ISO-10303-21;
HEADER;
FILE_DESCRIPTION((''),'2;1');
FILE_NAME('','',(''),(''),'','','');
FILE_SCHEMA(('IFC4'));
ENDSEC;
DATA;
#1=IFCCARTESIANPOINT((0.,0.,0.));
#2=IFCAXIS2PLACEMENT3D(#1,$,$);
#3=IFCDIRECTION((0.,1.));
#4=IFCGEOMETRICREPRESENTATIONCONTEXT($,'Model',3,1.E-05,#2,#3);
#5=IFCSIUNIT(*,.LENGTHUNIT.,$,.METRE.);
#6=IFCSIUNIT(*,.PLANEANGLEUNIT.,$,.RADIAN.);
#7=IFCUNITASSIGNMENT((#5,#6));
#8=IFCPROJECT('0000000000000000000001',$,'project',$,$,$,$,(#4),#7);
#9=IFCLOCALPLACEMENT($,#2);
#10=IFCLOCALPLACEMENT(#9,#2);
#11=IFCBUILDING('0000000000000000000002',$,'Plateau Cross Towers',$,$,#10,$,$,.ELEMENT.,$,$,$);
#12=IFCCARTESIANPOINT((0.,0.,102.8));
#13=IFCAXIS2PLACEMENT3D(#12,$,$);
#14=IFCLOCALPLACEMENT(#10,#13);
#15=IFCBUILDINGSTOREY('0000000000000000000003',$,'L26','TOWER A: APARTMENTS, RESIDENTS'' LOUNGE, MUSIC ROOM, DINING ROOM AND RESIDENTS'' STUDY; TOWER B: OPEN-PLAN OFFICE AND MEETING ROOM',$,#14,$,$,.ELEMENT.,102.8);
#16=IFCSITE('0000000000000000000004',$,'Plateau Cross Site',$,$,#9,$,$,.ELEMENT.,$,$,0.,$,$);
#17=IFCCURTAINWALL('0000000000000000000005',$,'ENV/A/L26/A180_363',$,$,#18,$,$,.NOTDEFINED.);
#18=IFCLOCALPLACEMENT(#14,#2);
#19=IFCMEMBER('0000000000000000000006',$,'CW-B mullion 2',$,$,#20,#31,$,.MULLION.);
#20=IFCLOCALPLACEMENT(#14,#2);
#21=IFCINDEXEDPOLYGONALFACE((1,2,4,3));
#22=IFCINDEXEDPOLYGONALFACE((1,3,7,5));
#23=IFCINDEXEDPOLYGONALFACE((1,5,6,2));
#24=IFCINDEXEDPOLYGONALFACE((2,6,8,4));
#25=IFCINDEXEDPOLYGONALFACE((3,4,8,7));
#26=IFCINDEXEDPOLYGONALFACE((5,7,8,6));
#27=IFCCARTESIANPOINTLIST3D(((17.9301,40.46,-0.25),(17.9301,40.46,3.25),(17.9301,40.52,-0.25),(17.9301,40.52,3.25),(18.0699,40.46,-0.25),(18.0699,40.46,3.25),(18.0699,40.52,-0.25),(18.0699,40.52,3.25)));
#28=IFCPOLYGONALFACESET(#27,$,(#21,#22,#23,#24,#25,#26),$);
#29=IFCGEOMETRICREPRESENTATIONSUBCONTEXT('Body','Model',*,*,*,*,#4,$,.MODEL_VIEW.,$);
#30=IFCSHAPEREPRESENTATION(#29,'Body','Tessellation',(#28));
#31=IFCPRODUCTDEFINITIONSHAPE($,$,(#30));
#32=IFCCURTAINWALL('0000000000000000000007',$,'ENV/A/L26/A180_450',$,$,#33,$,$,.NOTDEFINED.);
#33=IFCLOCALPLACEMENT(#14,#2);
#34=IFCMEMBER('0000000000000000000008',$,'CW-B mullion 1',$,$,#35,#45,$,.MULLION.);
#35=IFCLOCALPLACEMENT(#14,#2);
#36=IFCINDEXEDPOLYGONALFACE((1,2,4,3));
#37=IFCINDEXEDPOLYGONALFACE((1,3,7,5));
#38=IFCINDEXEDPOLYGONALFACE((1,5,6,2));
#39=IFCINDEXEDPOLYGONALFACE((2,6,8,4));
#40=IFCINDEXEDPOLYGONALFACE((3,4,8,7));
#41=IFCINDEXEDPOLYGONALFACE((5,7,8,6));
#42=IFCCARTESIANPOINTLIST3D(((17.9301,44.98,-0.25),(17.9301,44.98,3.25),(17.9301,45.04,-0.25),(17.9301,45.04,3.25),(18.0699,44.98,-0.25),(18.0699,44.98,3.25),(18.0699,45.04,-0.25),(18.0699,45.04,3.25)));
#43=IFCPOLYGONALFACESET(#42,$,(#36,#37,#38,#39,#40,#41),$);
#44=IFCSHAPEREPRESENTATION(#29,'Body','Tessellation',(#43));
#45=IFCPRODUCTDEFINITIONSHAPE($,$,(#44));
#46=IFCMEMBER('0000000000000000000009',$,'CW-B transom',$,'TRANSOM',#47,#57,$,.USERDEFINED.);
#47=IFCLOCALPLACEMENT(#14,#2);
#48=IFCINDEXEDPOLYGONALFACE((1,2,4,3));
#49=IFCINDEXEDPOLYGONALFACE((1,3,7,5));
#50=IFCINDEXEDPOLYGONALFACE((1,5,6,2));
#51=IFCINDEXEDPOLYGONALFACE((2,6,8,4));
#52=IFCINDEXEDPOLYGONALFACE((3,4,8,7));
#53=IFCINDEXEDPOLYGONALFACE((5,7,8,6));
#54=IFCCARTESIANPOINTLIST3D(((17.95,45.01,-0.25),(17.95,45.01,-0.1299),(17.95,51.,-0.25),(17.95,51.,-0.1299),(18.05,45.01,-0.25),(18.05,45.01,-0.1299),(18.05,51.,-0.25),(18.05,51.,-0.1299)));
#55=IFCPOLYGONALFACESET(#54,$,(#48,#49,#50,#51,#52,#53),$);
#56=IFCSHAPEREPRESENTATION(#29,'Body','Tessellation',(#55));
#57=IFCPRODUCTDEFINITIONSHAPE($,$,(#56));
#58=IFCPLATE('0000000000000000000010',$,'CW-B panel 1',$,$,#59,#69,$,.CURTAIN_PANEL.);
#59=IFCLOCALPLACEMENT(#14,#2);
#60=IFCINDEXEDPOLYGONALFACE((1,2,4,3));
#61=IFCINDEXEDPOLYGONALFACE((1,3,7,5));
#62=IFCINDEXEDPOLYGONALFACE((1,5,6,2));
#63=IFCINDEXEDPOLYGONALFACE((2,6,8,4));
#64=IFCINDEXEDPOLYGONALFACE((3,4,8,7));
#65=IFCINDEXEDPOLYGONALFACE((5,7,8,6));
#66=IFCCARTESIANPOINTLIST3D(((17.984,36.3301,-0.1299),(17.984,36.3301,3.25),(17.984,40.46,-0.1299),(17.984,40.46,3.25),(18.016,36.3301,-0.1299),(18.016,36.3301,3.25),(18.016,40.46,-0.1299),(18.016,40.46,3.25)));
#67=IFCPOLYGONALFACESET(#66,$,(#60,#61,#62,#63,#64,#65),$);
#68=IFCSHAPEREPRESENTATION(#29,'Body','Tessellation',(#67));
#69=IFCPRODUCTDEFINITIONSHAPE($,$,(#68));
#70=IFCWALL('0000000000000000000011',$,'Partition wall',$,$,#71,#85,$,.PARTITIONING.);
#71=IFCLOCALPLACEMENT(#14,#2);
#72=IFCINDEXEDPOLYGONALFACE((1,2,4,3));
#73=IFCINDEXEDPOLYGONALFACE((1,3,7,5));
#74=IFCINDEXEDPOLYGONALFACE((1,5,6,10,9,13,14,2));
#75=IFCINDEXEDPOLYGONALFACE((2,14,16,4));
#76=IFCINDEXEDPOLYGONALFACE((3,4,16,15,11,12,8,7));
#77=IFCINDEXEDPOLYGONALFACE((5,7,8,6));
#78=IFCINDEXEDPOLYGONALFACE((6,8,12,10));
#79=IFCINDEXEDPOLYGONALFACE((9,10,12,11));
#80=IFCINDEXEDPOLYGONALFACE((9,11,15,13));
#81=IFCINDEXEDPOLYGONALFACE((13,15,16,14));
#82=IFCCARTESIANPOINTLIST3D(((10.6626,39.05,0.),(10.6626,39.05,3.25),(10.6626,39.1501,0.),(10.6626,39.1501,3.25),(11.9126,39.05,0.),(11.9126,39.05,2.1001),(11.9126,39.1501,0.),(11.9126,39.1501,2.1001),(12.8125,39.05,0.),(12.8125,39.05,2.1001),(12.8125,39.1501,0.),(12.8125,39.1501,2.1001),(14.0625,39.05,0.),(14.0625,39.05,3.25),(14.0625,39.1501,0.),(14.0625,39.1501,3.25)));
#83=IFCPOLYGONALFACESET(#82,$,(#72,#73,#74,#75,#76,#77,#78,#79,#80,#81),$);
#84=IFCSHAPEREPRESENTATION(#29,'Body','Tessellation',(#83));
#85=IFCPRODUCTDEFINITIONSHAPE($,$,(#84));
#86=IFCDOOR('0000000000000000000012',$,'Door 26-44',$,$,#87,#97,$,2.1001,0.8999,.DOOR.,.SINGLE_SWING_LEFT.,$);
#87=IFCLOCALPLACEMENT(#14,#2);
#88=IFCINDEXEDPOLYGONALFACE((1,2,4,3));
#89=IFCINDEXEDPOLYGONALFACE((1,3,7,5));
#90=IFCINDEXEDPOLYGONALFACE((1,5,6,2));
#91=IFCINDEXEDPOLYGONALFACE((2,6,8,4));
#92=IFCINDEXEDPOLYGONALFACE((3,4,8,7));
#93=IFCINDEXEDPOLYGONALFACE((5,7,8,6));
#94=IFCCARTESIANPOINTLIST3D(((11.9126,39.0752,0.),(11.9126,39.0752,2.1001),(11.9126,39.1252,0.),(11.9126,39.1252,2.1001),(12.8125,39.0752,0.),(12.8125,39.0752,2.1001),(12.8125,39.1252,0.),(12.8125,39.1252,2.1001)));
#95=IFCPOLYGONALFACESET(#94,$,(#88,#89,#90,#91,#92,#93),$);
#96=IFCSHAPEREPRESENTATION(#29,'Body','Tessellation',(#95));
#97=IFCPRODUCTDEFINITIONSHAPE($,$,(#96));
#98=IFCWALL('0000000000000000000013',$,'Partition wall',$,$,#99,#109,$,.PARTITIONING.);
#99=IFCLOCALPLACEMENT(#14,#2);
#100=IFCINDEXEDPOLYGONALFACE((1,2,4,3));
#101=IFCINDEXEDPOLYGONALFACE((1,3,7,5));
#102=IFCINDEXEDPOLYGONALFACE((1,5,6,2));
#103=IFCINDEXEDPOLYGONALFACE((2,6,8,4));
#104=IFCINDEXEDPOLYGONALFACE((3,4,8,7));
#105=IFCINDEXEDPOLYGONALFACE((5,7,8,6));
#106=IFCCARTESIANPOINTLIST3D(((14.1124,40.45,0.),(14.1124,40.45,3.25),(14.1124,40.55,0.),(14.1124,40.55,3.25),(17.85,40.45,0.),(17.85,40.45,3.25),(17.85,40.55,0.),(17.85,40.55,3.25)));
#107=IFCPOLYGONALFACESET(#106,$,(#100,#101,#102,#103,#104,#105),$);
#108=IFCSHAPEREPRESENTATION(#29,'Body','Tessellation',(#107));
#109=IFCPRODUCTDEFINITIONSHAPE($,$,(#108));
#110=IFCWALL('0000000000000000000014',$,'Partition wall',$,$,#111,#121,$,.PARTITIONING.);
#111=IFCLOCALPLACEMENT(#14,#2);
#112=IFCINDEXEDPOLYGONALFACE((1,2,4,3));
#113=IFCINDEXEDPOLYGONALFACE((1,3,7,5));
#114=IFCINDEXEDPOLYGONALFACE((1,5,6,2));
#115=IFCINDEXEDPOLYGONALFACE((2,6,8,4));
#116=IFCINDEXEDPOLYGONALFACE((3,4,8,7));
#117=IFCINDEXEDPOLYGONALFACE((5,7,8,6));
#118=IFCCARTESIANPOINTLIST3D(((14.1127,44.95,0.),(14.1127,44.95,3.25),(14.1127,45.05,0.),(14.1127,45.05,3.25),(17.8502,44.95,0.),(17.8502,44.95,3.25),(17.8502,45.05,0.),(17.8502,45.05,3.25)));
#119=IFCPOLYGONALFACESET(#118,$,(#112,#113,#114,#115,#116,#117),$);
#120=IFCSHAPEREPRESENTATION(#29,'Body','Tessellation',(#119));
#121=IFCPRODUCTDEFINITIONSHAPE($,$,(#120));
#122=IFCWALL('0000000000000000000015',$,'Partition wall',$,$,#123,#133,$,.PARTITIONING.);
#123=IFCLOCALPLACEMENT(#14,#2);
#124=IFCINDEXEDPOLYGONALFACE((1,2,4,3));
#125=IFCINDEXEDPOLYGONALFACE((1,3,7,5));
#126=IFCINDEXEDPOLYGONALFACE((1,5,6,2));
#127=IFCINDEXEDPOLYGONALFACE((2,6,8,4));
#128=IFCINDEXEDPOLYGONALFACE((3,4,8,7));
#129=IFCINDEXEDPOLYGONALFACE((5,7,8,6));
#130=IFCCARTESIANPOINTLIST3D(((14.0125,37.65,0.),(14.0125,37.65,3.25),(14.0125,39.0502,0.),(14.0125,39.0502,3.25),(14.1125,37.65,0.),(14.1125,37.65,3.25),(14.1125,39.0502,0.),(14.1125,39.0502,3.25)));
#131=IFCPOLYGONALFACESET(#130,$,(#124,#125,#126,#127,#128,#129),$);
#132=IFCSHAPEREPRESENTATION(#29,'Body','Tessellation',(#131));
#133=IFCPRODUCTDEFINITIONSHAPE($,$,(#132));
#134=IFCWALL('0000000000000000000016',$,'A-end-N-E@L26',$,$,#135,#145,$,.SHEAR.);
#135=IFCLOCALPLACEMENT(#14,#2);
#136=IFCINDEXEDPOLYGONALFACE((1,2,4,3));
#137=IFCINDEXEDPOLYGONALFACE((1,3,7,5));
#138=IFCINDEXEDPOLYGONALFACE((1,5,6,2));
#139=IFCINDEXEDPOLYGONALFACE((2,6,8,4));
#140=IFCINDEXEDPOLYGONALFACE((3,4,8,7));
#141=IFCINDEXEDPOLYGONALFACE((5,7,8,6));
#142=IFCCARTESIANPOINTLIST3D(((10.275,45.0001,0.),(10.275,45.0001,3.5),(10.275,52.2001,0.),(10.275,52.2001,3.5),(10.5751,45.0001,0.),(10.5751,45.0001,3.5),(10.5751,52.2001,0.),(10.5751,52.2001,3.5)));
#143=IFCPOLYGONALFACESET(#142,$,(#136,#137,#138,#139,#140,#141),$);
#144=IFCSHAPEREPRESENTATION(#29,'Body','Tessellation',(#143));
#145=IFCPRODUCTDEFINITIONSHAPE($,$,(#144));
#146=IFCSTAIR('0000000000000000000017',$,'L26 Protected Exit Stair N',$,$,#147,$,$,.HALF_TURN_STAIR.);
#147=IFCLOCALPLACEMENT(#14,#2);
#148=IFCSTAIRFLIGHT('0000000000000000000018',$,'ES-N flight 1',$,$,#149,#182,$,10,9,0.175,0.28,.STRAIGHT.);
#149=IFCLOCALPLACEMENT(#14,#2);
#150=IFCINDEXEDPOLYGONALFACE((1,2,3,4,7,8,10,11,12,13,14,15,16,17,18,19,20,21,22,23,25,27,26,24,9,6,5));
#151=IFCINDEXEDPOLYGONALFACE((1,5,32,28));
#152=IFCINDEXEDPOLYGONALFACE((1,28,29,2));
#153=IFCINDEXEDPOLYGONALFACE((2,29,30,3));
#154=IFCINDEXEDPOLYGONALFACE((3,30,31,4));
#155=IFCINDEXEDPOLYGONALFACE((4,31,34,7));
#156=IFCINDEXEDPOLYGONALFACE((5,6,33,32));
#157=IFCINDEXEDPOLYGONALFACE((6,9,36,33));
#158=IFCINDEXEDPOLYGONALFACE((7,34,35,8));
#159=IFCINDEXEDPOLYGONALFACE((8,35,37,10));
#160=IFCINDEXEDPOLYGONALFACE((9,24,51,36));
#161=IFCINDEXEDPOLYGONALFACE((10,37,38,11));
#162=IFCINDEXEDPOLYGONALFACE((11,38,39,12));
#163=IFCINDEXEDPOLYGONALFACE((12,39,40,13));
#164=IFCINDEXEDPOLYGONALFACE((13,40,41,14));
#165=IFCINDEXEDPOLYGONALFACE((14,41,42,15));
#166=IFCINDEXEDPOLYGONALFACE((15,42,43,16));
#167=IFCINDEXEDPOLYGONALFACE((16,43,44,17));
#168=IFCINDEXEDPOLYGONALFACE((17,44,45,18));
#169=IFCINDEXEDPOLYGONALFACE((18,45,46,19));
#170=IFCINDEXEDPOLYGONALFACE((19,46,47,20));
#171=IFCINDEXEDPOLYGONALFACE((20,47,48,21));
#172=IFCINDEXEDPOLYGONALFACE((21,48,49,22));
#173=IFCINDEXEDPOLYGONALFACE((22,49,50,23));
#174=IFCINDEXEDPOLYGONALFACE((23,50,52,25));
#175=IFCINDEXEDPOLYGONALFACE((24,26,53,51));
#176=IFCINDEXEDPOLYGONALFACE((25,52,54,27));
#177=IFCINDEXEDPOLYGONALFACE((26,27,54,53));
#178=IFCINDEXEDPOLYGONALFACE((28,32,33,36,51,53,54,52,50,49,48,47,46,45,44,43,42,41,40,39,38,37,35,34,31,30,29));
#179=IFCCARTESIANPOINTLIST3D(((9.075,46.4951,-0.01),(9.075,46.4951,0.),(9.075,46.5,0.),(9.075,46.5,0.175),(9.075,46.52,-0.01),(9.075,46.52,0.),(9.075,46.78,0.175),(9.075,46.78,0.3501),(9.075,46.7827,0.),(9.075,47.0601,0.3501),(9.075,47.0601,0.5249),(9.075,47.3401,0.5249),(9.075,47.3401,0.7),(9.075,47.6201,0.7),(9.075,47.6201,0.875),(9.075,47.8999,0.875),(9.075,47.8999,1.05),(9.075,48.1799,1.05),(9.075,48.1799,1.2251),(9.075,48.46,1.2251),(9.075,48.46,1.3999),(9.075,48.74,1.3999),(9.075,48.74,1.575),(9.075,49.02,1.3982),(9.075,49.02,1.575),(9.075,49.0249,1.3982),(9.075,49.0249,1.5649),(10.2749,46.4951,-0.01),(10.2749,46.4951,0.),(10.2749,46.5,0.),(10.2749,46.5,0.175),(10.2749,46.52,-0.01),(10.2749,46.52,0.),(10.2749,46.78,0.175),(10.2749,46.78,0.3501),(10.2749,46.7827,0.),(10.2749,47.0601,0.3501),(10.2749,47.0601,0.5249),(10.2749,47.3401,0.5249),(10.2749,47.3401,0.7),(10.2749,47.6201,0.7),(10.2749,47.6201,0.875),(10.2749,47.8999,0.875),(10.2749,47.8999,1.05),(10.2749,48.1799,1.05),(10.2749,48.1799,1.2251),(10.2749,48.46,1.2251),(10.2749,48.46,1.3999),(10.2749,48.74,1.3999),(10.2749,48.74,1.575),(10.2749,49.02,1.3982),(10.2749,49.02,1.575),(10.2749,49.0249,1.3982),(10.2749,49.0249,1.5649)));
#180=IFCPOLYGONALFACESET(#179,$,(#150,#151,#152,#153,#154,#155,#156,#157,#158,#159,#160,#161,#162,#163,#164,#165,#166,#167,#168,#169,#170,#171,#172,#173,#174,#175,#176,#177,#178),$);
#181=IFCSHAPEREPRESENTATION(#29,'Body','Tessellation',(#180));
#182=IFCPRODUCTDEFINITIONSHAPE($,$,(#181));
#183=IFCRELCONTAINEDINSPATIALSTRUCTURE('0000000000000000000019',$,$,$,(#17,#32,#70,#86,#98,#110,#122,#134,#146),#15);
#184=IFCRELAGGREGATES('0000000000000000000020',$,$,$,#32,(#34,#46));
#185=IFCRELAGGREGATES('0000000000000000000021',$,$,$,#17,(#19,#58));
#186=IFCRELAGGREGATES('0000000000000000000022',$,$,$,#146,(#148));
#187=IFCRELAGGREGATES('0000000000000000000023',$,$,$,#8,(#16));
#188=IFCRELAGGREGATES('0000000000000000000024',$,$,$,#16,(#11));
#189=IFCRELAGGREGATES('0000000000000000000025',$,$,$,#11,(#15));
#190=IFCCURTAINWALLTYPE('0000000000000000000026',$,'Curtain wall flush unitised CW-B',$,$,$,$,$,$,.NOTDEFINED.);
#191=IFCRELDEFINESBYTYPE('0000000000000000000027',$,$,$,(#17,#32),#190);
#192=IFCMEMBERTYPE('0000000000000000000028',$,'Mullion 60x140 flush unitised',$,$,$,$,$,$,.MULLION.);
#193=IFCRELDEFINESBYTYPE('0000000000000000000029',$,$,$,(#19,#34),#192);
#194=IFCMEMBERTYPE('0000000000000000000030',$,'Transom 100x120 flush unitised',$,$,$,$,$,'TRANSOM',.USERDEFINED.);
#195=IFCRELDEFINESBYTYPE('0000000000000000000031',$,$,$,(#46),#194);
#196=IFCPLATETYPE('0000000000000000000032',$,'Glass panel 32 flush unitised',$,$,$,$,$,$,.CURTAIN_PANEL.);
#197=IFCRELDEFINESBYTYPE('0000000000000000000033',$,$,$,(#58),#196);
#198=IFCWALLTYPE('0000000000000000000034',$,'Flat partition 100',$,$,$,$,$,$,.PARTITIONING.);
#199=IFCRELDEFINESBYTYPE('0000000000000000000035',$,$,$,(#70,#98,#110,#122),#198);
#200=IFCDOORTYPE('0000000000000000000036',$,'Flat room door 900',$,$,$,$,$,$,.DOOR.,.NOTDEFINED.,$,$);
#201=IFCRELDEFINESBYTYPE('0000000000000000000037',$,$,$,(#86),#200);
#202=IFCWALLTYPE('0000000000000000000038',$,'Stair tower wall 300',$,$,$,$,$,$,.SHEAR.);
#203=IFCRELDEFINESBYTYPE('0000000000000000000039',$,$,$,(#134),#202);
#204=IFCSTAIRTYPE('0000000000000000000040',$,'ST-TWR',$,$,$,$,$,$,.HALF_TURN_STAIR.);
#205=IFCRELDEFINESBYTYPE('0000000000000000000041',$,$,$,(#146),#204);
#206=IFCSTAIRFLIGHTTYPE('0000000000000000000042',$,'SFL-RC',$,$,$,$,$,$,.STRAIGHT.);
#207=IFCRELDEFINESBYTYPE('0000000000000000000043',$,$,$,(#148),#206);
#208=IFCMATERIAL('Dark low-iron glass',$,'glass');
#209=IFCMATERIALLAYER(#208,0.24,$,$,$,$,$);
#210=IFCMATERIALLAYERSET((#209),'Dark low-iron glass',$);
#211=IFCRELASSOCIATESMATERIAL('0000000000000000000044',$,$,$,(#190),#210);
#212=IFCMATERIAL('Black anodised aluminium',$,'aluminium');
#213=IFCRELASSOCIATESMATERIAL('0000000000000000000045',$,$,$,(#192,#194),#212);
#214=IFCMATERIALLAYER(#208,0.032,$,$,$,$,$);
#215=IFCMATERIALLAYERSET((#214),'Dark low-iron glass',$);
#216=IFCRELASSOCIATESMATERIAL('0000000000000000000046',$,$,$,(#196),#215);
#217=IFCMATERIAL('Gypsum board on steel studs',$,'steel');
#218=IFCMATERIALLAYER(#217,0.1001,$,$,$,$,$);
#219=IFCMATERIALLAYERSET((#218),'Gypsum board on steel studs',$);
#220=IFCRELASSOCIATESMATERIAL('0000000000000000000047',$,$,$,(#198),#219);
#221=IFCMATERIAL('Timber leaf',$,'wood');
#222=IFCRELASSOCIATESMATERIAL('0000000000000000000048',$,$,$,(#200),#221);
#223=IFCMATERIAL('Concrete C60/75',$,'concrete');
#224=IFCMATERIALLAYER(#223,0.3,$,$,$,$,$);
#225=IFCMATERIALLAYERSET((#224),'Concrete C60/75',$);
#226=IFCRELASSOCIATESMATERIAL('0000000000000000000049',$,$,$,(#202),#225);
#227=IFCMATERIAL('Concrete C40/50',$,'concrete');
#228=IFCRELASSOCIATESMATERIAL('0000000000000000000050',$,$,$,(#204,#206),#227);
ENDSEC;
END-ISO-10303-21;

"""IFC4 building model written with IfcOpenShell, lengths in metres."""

from ifc_helpers import new_model, si_unit, direction, frame, frame_2d, origin, origin_2d, place, context, subcontext, project, spatial, polyline, rectangle, outline, extrude, material, layer, layer_set, material_profile, profile_set, type_object, element, fill, aggregate, save


model = new_model("IFC4")

# Units and contexts
model_context = context("Model", 3, precision=1e-05, world=origin(), true_north=direction((0.0, 1.0)))
body_context = subcontext(model_context, "Body", "Model", "MODEL_VIEW")
ifc_project = project(units=[si_unit("LENGTHUNIT", "METRE"), si_unit("PLANEANGLEUNIT", "RADIAN")], contexts=[model_context])

# Site, building, storey
site_placement = place(None, origin())
site = spatial("IfcSite", under=ifc_project, at=site_placement, Name="Plateau Cross Site", CompositionType="ELEMENT", RefElevation=0.0)
building_placement = place(site_placement, origin())
building = spatial("IfcBuilding", under=site, at=building_placement, Name="Plateau Cross Towers", CompositionType="ELEMENT")
storey_placement = place(building_placement, frame((0.0, 0.0, 102.8)))
storey = spatial("IfcBuildingStorey", under=building, at=storey_placement, Name="L26", Description="TOWER A: APARTMENTS, RESIDENTS' LOUNGE, MUSIC ROOM, DINING ROOM AND RESIDENTS' STUDY; TOWER B: OPEN-PLAN OFFICE AND MEETING ROOM", CompositionType="ELEMENT", Elevation=102.8)

# Curtain wall, member
ifc_material_1 = material(Name="Dark low-iron glass", Category="glass")
ifc_layer_1 = layer(ifc_material_1, 0.24)
ifc_layer_set_1 = layer_set([ifc_layer_1], Name="Dark low-iron glass")
curtain_wall_type = type_object("IfcCurtainWallType", Name="Curtain wall flush unitised CW-B", PredefinedType="NOTDEFINED", material=ifc_layer_set_1)
curtain_wall_1_placement = place(storey_placement, origin())
curtain_wall_1 = element("IfcCurtainWall", 1, at=curtain_wall_1_placement, inside=storey, type_object=curtain_wall_type, Name="ENV/A/L26/A180_363", PredefinedType="NOTDEFINED")
ifc_material_2 = material(Name="Black anodised aluminium", Category="aluminium")
ifc_material_profile_1 = material_profile(ifc_material_2, rectangle(XDim=0.0601, YDim=0.1399, at=origin_2d()), Name="MULLION 60x140")
ifc_profile_set_1 = profile_set([ifc_material_profile_1], Name="Black anodised aluminium")
member_type_1 = type_object("IfcMemberType", Name="Mullion 60x140 flush unitised", PredefinedType="MULLION", material=ifc_profile_set_1)
member_1_placement = place(storey_placement, frame((18.0, 40.49, -0.25), z_axis=(0.0, 0.0, 1.0), x_axis=(0.0, 1.0, 0.0)))
member_1 = element("IfcMember", 2, at=member_1_placement, type_object=member_type_1, Name="CW-B mullion 2", PredefinedType="MULLION", context=body_context, shape_type="SweptSolid", body=[
    extrude(rectangle(XDim=0.0601, YDim=0.1399, at=origin_2d()), origin(), (0.0, 0.0, 1.0), 3.5),
])

# Curtain wall, members
curtain_wall_2_placement = place(storey_placement, origin())
curtain_wall_2 = element("IfcCurtainWall", 3, at=curtain_wall_2_placement, inside=storey, type_object=curtain_wall_type, Name="ENV/A/L26/A180_450", PredefinedType="NOTDEFINED")
member_2_placement = place(storey_placement, frame((18.0, 45.01, -0.25), z_axis=(0.0, 0.0, 1.0), x_axis=(0.0, 1.0, 0.0)))
member_2 = element("IfcMember", 4, at=member_2_placement, type_object=member_type_1, Name="CW-B mullion 1", PredefinedType="MULLION", context=body_context, shape_type="SweptSolid", body=[
    extrude(rectangle(XDim=0.0601, YDim=0.1399, at=origin_2d()), origin(), (0.0, 0.0, 1.0), 3.5),
])
ifc_material_profile_2 = material_profile(ifc_material_2, rectangle(XDim=0.1001, YDim=0.1201, at=origin_2d()), Name="TRANSOM 100x120")
ifc_profile_set_2 = profile_set([ifc_material_profile_2], Name="Black anodised aluminium")
member_type_2 = type_object("IfcMemberType", Name="Transom 100x120 flush unitised", ElementType="TRANSOM", PredefinedType="USERDEFINED", material=ifc_profile_set_2)
member_3_placement = place(storey_placement, frame((18.0, 45.01, -0.1899), z_axis=(0.0, 1.0, 0.0), x_axis=(-1.0, 0.0, 0.0)))
member_3 = element("IfcMember", 5, at=member_3_placement, type_object=member_type_2, Name="CW-B transom", ObjectType="TRANSOM", PredefinedType="USERDEFINED", context=body_context, shape_type="SweptSolid", body=[
    extrude(rectangle(XDim=0.1001, YDim=0.1201, at=origin_2d()), origin(), (0.0, 0.0, 1.0), 5.99),
])
aggregate(curtain_wall_2, [member_2, member_3])

# Plate
ifc_layer_2 = layer(ifc_material_1, 0.032)
ifc_layer_set_2 = layer_set([ifc_layer_2], Name="Dark low-iron glass")
plate_type = type_object("IfcPlateType", Name="Glass panel 32 flush unitised", PredefinedType="CURTAIN_PANEL", material=ifc_layer_set_2)
plate_placement = place(storey_placement, frame((18.0, 38.395, -0.1299), z_axis=(0.0, 0.0, 1.0), x_axis=(0.0, 1.0, 0.0)))
plate = element("IfcPlate", 6, at=plate_placement, type_object=plate_type, Name="CW-B panel 1", PredefinedType="CURTAIN_PANEL", context=body_context, shape_type="SweptSolid", body=[
    extrude(rectangle(XDim=4.1299, YDim=0.032, at=origin_2d()), origin(), (0.0, 0.0, 1.0), 3.3799),
])
aggregate(curtain_wall_1, [member_1, plate])

# Wall, opening, door
ifc_material_3 = material(Name="Gypsum board on steel studs", Category="steel")
ifc_layer_3 = layer(ifc_material_3, 0.1001)
ifc_layer_set_3 = layer_set([ifc_layer_3], Name="Gypsum board on steel studs")
wall_type_1 = type_object("IfcWallType", Name="Flat partition 100", PredefinedType="PARTITIONING", material=ifc_layer_set_3)
wall_1_placement = place(storey_placement, frame((14.0625, 39.1001, 0.0), z_axis=(0.0, 0.0, 1.0), x_axis=(-1.0, 0.0, 0.0)))
wall_1 = element("IfcWall", 7, at=wall_1_placement, inside=storey, type_object=wall_type_1, Name="Partition wall", PredefinedType="PARTITIONING", context=body_context, shape_type="SweptSolid", body=[
    extrude(rectangle(XDim=3.3999, YDim=0.1001, at=frame_2d((1.7, 0.0))), origin(), (0.0, 0.0, 1.0), 3.25),
])
opening_1_placement = place(wall_1_placement, frame((1.25, 0.0, 0.0)))
opening_1 = element("IfcOpeningElement", 8, at=opening_1_placement, cuts=wall_1, PredefinedType="OPENING", context=body_context, shape_type="SweptSolid", body=[
    extrude(rectangle(XDim=0.8999, YDim=2.1001, at=frame_2d((0.45, 1.05))), frame((0.0, 0.0601, 0.0), z_axis=(0.0, -1.0, 0.0), x_axis=(1.0, 0.0, 0.0)), (0.0, 0.0, 1.0), 0.1201),
])
ifc_material_4 = material(Name="Timber leaf", Category="wood")
door_type_1 = type_object("IfcDoorType", Name="Flat room door 900", OperationType="NOTDEFINED", PredefinedType="DOOR", material=ifc_material_4)
door_1_placement = place(opening_1_placement, origin())
door_1 = element("IfcDoor", 9, at=door_1_placement, inside=storey, type_object=door_type_1, Name="Door 26-44", OperationType="SINGLE_SWING_LEFT", OverallHeight=2.1001, OverallWidth=0.8999, PredefinedType="DOOR", context=body_context, shape_type="SweptSolid", body=[
    extrude(rectangle(XDim=0.8999, YDim=2.1001, at=frame_2d((0.45, 1.05))), frame((0.0, 0.0249, 0.0), z_axis=(0.0, -1.0, 0.0), x_axis=(1.0, 0.0, 0.0)), (0.0, 0.0, 1.0), 0.05),
])
fill(opening_1, door_1)

# Walls
for number, where, z_axis, x_axis, name in (
    (10, (14.1125, 40.5, 0.0), (0.0, 0.0, 1.0), (1.0, 0.0, 0.0), "Partition wall"),
    (11, (17.8501, 45.0, 0.0), (0.0, 0.0, 1.0), (-1.0, 0.0, 0.0), "Partition wall"),
):
    element("IfcWall", number, at=place(storey_placement, frame(where, z_axis=z_axis, x_axis=x_axis)), inside=storey, type_object=wall_type_1, Name=name, PredefinedType="PARTITIONING", context=body_context, shape_type="SweptSolid", body=[
        extrude(rectangle(XDim=3.7375, YDim=0.1001, at=frame_2d((1.8687, 0.0))), origin(), (0.0, 0.0, 1.0), 3.25),
    ])
wall_2_placement = place(storey_placement, frame((14.0625, 37.6499, 0.0), z_axis=(0.0, 0.0, 1.0), x_axis=(0.0, 1.0, 0.0)))
element("IfcWall", 12, at=wall_2_placement, inside=storey, type_object=wall_type_1, Name="Partition wall", PredefinedType="PARTITIONING", context=body_context, shape_type="SweptSolid", body=[
    extrude(rectangle(XDim=1.4001, YDim=0.1001, at=frame_2d((0.7002, 0.0))), origin(), (0.0, 0.0, 1.0), 3.25),
])
ifc_material_5 = material(Name="Concrete C60/75", Category="concrete")
ifc_layer_4 = layer(ifc_material_5, 0.3)
ifc_layer_set_4 = layer_set([ifc_layer_4], Name="Concrete C60/75")
wall_type_2 = type_object("IfcWallType", Name="Stair tower wall 300", PredefinedType="SHEAR", material=ifc_layer_set_4)
wall_3_placement = place(storey_placement, frame((10.425, 45.0, 0.0), z_axis=(0.0, 0.0, 1.0), x_axis=(0.0, 1.0, 0.0)))
element("IfcWall", 13, at=wall_3_placement, inside=storey, type_object=wall_type_2, Name="A-end-N-E@L26", PredefinedType="SHEAR", context=body_context, shape_type="SweptSolid", body=[
    extrude(rectangle(XDim=7.2, YDim=0.3, at=frame_2d((3.6001, 0.0))), origin(), (0.0, 0.0, 1.0), 3.5),
])

# Stair, stair flight
ifc_material_6 = material(Name="Concrete C40/50", Category="concrete")
stair_type = type_object("IfcStairType", Name="ST-TWR", PredefinedType="HALF_TURN_STAIR", material=ifc_material_6)
stair_placement = place(storey_placement, origin())
stair = element("IfcStair", 14, at=stair_placement, inside=storey, type_object=stair_type, Name="L26 Protected Exit Stair N", PredefinedType="HALF_TURN_STAIR")
stair_flight_type = type_object("IfcStairFlightType", Name="SFL-RC", PredefinedType="STRAIGHT", material=ifc_material_6)
stair_flight_placement = place(storey_placement, frame((9.675, 46.5, 0.0), z_axis=(0.0, 0.0, 1.0), x_axis=(0.0, 1.0, 0.0)))
stair_flight = element("IfcStairFlight", 15, at=stair_flight_placement, type_object=stair_flight_type, Name="ES-N flight 1", NumberOfRisers=10, NumberOfTreads=9, PredefinedType="STRAIGHT", RiserHeight=0.175, TreadLength=0.28, context=body_context, shape_type="SweptSolid", body=[
    extrude(outline(polyline([(-0.0049, -0.01), (-0.0049, 0.0), (0.0, 0.0), (0.0, 0.175), (0.28, 0.175), (0.28, 0.3501), (0.5601, 0.3501), (0.5601, 0.5249), (0.8401, 0.5249), (0.8401, 0.7), (1.1201, 0.7), (1.1201, 0.875), (1.3999, 0.875), (1.3999, 1.05), (1.6799, 1.05), (1.6799, 1.2251), (1.96, 1.2251), (1.96, 1.3999), (2.24, 1.3999), (2.24, 1.575), (2.52, 1.575), (2.5249, 1.5649), (2.5249, 1.3982), (2.52, 1.3982), (0.2827, 0.0), (0.02, 0.0), (0.02, -0.01), (-0.0049, -0.01)])), frame((0.0, 0.6001, 0.0), z_axis=(0.0, -1.0, 0.0), x_axis=(1.0, 0.0, 0.0)), (0.0, 0.0, 1.0), 1.2),
])
aggregate(stair, [stair_flight])

save(model, "model.ifc")
